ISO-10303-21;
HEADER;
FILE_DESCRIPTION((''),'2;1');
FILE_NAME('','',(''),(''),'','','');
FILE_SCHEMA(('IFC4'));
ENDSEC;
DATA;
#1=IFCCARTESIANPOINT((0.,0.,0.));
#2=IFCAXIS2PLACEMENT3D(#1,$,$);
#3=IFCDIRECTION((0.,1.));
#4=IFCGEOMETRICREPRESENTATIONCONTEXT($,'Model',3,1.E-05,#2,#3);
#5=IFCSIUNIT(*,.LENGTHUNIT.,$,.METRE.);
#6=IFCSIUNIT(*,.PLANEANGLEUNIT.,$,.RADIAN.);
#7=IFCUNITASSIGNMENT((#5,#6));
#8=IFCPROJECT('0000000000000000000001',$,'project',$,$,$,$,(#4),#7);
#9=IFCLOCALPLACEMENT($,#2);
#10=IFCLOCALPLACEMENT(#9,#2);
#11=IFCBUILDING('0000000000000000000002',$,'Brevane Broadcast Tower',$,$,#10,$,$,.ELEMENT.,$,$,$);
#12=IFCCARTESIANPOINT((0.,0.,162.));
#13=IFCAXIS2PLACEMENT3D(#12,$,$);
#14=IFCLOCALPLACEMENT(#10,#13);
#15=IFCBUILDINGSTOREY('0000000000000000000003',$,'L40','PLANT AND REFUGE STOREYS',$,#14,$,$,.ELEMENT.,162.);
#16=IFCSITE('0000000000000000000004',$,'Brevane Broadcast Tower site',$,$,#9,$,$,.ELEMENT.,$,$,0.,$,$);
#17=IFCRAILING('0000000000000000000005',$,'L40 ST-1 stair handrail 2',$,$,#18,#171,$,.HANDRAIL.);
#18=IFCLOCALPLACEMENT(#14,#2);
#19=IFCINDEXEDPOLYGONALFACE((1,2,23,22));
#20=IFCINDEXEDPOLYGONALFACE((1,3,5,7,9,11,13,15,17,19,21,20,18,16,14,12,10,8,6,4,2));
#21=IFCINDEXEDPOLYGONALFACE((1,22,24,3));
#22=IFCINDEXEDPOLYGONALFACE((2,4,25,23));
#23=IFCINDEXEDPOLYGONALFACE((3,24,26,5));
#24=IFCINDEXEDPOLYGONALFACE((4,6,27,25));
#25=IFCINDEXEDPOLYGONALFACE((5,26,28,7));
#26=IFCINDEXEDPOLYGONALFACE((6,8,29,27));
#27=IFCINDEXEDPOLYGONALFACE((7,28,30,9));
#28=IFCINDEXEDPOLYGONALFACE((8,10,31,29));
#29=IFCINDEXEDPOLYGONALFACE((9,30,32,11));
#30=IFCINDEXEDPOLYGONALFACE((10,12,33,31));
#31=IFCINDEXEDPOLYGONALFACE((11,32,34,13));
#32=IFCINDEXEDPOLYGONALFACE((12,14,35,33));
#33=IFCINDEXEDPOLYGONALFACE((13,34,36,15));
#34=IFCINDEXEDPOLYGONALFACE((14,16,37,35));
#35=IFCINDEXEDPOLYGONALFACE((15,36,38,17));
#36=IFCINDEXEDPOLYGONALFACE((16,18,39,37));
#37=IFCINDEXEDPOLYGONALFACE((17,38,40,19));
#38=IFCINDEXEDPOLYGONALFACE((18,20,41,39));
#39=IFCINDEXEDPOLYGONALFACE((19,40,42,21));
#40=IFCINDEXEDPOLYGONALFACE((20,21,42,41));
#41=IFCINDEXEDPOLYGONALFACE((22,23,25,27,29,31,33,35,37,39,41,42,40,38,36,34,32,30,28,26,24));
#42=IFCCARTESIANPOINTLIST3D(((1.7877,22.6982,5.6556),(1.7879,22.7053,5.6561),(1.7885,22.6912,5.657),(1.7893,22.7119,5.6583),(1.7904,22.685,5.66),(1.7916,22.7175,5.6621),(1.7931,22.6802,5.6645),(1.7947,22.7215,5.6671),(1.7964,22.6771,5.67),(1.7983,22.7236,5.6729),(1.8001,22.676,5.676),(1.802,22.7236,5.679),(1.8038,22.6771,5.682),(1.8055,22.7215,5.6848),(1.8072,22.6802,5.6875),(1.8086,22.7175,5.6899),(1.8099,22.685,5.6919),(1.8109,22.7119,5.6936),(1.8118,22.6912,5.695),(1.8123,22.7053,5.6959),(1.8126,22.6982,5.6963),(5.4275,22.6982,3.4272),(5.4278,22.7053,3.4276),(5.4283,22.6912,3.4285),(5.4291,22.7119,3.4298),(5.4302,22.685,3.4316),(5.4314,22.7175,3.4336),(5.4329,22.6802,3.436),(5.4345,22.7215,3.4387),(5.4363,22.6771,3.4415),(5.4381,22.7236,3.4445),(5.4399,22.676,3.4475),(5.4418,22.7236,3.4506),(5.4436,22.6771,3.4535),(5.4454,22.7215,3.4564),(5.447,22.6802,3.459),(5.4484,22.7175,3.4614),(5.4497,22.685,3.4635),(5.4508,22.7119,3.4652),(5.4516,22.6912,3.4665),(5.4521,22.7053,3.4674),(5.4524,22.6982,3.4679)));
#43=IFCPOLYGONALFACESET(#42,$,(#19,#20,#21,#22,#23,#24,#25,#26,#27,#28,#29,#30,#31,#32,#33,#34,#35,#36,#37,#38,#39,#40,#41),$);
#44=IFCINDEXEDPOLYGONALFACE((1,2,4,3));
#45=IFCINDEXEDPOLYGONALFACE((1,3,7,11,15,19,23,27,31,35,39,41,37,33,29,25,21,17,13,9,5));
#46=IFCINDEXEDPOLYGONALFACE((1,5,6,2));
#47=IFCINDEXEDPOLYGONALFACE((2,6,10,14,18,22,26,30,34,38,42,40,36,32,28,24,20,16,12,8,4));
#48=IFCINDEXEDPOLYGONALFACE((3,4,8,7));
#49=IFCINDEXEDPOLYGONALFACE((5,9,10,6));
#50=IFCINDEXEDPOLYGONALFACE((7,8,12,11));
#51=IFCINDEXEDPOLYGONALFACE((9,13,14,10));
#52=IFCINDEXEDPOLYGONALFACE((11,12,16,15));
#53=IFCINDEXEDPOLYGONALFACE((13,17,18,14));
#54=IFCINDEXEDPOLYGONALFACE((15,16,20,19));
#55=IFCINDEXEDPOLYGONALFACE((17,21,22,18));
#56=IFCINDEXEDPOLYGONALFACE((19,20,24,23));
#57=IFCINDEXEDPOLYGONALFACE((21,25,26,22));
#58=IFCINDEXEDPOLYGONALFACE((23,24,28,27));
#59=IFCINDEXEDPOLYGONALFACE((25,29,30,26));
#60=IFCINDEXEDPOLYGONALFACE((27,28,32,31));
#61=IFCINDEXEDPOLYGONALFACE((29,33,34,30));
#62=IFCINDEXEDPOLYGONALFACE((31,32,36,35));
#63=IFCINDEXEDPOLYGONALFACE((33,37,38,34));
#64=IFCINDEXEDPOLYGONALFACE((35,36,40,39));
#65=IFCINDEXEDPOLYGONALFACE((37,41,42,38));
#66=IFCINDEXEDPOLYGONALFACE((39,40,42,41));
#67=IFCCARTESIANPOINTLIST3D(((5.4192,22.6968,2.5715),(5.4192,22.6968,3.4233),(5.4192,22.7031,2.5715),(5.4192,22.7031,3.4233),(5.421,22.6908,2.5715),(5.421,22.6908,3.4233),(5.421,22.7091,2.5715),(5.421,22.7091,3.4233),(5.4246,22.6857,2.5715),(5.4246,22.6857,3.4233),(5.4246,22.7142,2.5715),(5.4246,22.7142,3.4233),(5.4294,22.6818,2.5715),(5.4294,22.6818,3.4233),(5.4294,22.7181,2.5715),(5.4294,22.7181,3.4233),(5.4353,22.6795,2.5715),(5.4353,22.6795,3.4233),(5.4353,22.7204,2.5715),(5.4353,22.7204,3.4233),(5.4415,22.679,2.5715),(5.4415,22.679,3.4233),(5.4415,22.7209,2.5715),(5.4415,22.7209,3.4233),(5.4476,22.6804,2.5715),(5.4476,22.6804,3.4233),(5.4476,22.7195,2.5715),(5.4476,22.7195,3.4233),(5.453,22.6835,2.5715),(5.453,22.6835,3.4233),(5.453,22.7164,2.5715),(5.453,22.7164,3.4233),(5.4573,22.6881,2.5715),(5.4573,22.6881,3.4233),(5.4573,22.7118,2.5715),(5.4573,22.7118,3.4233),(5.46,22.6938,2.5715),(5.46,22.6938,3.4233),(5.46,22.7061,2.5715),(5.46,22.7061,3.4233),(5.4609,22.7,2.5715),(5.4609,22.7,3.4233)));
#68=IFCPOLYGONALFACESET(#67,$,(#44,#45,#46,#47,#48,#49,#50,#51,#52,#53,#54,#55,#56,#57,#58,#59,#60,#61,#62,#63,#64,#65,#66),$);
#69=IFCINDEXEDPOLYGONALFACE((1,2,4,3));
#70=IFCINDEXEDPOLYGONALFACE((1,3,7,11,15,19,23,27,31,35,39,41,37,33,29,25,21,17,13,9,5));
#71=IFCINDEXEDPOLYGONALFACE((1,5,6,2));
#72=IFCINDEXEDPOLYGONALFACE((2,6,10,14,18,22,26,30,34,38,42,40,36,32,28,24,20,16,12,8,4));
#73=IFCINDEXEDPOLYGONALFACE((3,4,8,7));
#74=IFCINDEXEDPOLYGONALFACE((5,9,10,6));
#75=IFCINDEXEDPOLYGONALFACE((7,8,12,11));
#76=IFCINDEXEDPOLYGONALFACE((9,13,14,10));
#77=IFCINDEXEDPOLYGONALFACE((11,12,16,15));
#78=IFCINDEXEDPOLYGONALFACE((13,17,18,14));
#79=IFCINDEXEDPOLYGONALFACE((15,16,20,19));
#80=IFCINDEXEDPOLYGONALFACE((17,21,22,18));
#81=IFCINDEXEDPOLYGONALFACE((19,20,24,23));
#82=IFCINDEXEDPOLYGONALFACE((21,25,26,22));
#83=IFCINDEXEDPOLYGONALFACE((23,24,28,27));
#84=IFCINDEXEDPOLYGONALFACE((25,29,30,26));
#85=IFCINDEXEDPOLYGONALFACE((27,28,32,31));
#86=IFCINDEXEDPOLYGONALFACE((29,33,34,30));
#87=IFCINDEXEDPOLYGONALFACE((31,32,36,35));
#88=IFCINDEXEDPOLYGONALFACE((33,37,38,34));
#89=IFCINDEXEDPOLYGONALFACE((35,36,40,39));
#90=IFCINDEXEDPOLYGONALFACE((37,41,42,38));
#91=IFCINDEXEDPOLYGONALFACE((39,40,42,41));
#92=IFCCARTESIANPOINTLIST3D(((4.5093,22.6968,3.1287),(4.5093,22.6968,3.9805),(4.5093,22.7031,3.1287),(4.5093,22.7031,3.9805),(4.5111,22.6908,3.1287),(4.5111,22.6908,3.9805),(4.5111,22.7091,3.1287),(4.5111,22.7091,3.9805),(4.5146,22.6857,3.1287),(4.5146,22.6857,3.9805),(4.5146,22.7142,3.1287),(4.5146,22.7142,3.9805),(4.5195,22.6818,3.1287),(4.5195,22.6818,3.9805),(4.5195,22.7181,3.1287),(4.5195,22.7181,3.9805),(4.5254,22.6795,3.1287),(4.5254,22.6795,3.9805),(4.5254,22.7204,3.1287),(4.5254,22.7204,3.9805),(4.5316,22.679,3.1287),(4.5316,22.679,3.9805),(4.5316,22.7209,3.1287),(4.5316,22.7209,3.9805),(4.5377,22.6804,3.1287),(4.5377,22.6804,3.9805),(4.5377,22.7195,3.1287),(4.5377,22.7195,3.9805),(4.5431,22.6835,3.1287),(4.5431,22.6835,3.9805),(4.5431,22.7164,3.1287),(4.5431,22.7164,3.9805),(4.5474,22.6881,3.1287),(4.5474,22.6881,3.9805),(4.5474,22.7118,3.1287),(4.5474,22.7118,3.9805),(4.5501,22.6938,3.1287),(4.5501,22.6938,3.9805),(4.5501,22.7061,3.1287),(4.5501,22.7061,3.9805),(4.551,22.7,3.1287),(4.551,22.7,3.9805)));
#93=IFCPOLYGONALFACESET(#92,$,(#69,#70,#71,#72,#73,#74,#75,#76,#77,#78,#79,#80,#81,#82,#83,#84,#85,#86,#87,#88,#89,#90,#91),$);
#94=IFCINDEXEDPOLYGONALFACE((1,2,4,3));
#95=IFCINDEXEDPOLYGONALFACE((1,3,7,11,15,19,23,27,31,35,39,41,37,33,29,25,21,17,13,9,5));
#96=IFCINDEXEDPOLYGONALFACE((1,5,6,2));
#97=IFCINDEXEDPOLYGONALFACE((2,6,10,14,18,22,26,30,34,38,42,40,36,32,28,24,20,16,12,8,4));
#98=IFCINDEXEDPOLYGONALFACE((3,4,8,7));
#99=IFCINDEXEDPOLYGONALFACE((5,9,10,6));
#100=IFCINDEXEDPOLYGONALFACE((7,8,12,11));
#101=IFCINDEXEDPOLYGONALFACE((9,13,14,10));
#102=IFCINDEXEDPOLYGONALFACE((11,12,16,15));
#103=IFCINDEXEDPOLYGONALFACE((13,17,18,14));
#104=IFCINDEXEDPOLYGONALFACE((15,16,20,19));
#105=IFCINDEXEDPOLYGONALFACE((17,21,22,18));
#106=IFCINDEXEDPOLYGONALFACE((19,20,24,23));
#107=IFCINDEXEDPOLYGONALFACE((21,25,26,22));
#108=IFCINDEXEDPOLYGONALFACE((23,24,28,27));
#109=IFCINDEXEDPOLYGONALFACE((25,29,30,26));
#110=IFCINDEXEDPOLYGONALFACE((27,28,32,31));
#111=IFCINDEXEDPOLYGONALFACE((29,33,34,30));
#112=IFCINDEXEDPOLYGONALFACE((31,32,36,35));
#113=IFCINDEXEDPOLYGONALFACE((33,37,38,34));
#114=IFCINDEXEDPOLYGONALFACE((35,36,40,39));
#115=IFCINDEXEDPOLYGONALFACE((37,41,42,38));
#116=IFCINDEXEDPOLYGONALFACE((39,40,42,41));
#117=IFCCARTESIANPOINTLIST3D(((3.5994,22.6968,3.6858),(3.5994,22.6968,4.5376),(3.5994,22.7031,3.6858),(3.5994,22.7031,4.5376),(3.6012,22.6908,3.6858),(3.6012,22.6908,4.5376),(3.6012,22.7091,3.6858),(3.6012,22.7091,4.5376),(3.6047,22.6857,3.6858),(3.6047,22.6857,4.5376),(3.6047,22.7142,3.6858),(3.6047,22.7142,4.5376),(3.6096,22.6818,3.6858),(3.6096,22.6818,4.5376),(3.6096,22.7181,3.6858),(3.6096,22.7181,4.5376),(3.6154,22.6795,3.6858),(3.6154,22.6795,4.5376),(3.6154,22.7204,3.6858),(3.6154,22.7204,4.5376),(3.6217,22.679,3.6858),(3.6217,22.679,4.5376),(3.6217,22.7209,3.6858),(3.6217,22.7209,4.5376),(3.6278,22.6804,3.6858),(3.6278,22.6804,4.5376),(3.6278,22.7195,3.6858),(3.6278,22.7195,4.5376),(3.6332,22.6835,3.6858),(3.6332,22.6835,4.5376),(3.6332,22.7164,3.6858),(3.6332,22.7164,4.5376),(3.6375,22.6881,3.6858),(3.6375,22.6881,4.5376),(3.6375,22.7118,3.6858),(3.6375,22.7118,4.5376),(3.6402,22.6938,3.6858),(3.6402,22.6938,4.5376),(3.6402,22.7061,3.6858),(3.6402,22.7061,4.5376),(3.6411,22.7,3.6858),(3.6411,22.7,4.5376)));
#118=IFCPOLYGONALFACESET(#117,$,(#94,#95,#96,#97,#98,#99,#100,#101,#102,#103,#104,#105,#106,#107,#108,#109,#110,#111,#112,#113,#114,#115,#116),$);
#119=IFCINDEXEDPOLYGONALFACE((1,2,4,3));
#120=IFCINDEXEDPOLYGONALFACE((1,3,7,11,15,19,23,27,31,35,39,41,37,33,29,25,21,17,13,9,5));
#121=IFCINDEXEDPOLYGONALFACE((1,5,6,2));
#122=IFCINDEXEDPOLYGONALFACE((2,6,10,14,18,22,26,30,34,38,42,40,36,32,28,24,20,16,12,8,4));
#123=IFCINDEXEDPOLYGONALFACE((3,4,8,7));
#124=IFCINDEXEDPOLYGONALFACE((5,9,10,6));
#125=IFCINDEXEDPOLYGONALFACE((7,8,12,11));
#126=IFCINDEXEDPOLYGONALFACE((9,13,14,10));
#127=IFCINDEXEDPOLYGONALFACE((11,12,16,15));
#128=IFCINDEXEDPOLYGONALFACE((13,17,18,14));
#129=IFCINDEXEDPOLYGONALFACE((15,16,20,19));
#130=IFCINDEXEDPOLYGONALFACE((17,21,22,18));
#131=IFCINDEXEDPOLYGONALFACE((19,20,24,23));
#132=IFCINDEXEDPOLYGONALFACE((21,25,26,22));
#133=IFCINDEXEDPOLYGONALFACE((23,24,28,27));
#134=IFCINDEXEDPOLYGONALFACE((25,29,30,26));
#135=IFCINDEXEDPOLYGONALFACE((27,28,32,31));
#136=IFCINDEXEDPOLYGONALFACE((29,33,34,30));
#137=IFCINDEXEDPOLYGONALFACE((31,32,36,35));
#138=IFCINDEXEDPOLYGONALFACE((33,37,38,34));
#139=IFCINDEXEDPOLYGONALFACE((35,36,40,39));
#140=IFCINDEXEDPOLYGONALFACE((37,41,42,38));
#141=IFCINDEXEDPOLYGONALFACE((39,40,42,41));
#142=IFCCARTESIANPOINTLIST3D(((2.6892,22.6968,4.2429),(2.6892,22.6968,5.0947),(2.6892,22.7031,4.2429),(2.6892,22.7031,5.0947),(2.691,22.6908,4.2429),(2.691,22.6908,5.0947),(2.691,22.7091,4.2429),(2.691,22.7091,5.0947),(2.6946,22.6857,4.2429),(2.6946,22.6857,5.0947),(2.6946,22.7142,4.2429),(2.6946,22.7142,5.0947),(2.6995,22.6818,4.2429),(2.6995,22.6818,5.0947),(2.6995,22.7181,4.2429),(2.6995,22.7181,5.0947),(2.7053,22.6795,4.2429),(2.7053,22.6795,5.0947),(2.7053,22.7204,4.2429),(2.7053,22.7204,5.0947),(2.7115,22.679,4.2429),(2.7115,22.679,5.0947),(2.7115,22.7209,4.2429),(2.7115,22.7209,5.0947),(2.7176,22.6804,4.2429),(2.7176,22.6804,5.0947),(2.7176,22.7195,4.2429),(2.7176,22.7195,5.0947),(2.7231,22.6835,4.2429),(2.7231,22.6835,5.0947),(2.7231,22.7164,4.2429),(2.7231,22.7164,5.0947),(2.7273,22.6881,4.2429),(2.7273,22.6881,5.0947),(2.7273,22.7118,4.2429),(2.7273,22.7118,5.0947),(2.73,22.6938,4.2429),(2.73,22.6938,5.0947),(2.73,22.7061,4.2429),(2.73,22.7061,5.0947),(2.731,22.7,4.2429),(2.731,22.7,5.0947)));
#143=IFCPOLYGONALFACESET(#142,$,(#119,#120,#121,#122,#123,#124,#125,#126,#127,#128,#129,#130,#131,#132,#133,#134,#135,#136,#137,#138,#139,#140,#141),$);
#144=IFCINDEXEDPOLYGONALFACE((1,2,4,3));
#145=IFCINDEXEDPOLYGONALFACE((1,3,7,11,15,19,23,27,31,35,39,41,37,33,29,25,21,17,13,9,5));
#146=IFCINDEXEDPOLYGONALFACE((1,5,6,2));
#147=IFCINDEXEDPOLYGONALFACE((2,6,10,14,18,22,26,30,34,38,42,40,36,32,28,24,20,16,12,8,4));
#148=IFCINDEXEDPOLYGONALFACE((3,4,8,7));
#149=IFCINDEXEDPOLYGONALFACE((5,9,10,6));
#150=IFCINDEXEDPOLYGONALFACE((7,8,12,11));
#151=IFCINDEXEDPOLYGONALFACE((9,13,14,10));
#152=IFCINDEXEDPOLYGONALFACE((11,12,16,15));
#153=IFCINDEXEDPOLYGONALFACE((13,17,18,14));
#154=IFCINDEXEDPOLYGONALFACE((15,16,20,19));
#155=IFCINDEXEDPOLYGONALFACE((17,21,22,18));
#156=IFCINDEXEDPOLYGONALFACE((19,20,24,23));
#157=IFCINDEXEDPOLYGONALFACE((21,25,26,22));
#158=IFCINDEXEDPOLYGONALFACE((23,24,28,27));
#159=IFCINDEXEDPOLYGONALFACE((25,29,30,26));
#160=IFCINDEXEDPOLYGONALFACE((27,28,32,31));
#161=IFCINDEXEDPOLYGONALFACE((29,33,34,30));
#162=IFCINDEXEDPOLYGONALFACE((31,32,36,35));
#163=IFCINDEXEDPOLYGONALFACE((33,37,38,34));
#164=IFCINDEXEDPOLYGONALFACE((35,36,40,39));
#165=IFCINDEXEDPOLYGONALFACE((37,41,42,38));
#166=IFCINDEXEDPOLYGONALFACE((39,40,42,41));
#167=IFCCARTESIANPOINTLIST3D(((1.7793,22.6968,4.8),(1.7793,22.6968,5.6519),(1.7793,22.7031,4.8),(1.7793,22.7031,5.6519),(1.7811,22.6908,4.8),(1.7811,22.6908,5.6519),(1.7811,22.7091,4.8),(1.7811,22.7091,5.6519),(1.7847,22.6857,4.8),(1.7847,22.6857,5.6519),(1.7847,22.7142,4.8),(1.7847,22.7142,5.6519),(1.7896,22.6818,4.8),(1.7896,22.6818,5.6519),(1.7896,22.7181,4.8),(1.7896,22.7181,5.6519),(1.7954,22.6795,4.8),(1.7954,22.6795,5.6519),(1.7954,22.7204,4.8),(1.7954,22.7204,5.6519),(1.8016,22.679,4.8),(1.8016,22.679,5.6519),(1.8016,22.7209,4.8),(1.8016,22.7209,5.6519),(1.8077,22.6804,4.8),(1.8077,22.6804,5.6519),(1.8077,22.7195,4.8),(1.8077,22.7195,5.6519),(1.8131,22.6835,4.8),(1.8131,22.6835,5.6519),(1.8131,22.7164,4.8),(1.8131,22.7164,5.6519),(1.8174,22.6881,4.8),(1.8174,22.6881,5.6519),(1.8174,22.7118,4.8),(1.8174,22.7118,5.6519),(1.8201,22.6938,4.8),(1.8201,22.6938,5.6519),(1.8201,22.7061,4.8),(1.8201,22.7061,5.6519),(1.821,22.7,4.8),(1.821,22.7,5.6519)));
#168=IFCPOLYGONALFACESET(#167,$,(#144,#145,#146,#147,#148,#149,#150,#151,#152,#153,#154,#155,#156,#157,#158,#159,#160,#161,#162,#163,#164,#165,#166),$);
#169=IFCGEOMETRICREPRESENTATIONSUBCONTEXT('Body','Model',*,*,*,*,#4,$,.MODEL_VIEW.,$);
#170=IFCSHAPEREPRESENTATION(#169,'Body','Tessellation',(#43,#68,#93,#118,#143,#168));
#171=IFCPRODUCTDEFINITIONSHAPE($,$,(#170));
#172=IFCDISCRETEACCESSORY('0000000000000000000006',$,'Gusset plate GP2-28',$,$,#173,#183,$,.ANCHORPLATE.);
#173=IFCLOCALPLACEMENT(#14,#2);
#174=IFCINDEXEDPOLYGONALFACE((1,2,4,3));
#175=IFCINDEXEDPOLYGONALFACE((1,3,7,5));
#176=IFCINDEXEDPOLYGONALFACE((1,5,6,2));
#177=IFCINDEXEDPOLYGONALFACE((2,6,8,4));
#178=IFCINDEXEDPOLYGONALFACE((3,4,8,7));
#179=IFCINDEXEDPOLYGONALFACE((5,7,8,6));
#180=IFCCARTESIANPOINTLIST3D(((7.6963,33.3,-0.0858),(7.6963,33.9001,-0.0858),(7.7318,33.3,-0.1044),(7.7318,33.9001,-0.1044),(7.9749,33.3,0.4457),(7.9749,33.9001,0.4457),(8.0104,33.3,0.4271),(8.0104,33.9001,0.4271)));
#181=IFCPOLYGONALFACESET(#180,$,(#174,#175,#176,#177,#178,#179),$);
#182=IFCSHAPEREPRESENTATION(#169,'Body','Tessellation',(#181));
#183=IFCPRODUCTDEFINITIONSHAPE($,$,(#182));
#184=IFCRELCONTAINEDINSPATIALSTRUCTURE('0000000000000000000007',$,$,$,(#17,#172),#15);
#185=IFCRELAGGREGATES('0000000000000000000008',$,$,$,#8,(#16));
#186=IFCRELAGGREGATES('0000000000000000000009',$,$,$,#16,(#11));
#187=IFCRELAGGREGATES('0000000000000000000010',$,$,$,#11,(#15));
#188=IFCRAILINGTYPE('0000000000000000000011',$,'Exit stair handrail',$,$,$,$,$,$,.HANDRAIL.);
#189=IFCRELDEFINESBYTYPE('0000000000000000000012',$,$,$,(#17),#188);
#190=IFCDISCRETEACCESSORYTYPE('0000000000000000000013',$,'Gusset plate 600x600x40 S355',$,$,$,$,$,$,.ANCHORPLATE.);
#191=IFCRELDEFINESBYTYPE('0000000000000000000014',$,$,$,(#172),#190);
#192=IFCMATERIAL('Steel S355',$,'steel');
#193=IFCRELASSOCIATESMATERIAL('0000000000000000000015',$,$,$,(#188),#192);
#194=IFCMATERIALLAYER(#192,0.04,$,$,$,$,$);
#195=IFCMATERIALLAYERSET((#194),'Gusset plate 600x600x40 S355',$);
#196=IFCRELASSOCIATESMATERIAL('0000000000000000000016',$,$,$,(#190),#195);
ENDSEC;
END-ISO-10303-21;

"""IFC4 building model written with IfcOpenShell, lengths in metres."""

from ifc_helpers import new_model, si_unit, direction, frame, origin, origin_2d, place, context, subcontext, project, spatial, rectangle, circle, extrude, material, layer, layer_set, type_object, element, save


model = new_model("IFC4")

# Units and contexts
model_context = context("Model", 3, precision=1e-05, world=origin(), true_north=direction((0.0, 1.0)))
body_context = subcontext(model_context, "Body", "Model", "MODEL_VIEW")
ifc_project = project(units=[si_unit("LENGTHUNIT", "METRE"), si_unit("PLANEANGLEUNIT", "RADIAN")], contexts=[model_context])

# Site, building, storey
site_placement = place(None, origin())
site = spatial("IfcSite", under=ifc_project, at=site_placement, Name="Brevane Broadcast Tower site", CompositionType="ELEMENT", RefElevation=0.0)
building_placement = place(site_placement, origin())
building = spatial("IfcBuilding", under=site, at=building_placement, Name="Brevane Broadcast Tower", CompositionType="ELEMENT")
storey_placement = place(building_placement, frame((0.0, 0.0, 162.0)))
storey = spatial("IfcBuildingStorey", under=building, at=storey_placement, Name="L40", Description="PLANT AND REFUGE STOREYS", CompositionType="ELEMENT", Elevation=162.0)

# Shared definitions
ifc_material_1 = material(Name="Steel S355", Category="steel")

# Railing
railing_type_1 = type_object("IfcRailingType", Name="Exit stair handrail", PredefinedType="HANDRAIL", material=ifc_material_1)
railing_1_placement = place(storey_placement, frame((5.4399, 22.7, 2.5715)))
element("IfcRailing", 1, at=railing_1_placement, inside=storey, type_object=railing_type_1, Name="L40 ST-1 stair handrail 2", PredefinedType="HANDRAIL", context=body_context, shape_type="SweptSolid", body=[
    extrude(circle(Radius=0.0239, at=origin_2d()), frame((0.0, 0.0, 0.876), z_axis=(-0.85285, 0.0, 0.522156), x_axis=(0.0, -1.0, 0.0)), (0.0, 0.0, 1.0), 4.2678),
    extrude(circle(Radius=0.021, at=origin_2d()), origin(), (0.0, 0.0, 1.0), 0.8518),
    extrude(circle(Radius=0.021, at=origin_2d()), frame((-0.9099, 0.0, 0.5571)), (0.0, 0.0, 1.0), 0.8518),
    extrude(circle(Radius=0.021, at=origin_2d()), frame((-1.8198, 0.0, 1.1143)), (0.0, 0.0, 1.0), 0.8518),
    extrude(circle(Radius=0.021, at=origin_2d()), frame((-2.73, 0.0, 1.6714)), (0.0, 0.0, 1.0), 0.8518),
    extrude(circle(Radius=0.021, at=origin_2d()), frame((-3.6399, 0.0, 2.2285)), (0.0, 0.0, 1.0), 0.8518),
])

# Discrete accessory
ifc_layer_1 = layer(ifc_material_1, 0.04)
ifc_layer_set_1 = layer_set([ifc_layer_1], Name="Gusset plate 600x600x40 S355")
discrete_accessory_type = type_object("IfcDiscreteAccessoryType", Name="Gusset plate 600x600x40 S355", PredefinedType="ANCHORPLATE", material=ifc_layer_set_1)
discrete_accessory_placement = place(storey_placement, frame((7.8711, 33.6001, 0.1614), z_axis=(-0.885712, 0.0, 0.464235), x_axis=(0.0, -1.0, 0.0)))
element("IfcDiscreteAccessory", 2, at=discrete_accessory_placement, inside=storey, type_object=discrete_accessory_type, Name="Gusset plate GP2-28", PredefinedType="ANCHORPLATE", context=body_context, shape_type="SweptSolid", body=[
    extrude(rectangle(XDim=0.6001, YDim=0.6001, at=origin_2d()), origin(), (0.0, 0.0, 1.0), 0.04),
])

save(model, "model.ifc")
